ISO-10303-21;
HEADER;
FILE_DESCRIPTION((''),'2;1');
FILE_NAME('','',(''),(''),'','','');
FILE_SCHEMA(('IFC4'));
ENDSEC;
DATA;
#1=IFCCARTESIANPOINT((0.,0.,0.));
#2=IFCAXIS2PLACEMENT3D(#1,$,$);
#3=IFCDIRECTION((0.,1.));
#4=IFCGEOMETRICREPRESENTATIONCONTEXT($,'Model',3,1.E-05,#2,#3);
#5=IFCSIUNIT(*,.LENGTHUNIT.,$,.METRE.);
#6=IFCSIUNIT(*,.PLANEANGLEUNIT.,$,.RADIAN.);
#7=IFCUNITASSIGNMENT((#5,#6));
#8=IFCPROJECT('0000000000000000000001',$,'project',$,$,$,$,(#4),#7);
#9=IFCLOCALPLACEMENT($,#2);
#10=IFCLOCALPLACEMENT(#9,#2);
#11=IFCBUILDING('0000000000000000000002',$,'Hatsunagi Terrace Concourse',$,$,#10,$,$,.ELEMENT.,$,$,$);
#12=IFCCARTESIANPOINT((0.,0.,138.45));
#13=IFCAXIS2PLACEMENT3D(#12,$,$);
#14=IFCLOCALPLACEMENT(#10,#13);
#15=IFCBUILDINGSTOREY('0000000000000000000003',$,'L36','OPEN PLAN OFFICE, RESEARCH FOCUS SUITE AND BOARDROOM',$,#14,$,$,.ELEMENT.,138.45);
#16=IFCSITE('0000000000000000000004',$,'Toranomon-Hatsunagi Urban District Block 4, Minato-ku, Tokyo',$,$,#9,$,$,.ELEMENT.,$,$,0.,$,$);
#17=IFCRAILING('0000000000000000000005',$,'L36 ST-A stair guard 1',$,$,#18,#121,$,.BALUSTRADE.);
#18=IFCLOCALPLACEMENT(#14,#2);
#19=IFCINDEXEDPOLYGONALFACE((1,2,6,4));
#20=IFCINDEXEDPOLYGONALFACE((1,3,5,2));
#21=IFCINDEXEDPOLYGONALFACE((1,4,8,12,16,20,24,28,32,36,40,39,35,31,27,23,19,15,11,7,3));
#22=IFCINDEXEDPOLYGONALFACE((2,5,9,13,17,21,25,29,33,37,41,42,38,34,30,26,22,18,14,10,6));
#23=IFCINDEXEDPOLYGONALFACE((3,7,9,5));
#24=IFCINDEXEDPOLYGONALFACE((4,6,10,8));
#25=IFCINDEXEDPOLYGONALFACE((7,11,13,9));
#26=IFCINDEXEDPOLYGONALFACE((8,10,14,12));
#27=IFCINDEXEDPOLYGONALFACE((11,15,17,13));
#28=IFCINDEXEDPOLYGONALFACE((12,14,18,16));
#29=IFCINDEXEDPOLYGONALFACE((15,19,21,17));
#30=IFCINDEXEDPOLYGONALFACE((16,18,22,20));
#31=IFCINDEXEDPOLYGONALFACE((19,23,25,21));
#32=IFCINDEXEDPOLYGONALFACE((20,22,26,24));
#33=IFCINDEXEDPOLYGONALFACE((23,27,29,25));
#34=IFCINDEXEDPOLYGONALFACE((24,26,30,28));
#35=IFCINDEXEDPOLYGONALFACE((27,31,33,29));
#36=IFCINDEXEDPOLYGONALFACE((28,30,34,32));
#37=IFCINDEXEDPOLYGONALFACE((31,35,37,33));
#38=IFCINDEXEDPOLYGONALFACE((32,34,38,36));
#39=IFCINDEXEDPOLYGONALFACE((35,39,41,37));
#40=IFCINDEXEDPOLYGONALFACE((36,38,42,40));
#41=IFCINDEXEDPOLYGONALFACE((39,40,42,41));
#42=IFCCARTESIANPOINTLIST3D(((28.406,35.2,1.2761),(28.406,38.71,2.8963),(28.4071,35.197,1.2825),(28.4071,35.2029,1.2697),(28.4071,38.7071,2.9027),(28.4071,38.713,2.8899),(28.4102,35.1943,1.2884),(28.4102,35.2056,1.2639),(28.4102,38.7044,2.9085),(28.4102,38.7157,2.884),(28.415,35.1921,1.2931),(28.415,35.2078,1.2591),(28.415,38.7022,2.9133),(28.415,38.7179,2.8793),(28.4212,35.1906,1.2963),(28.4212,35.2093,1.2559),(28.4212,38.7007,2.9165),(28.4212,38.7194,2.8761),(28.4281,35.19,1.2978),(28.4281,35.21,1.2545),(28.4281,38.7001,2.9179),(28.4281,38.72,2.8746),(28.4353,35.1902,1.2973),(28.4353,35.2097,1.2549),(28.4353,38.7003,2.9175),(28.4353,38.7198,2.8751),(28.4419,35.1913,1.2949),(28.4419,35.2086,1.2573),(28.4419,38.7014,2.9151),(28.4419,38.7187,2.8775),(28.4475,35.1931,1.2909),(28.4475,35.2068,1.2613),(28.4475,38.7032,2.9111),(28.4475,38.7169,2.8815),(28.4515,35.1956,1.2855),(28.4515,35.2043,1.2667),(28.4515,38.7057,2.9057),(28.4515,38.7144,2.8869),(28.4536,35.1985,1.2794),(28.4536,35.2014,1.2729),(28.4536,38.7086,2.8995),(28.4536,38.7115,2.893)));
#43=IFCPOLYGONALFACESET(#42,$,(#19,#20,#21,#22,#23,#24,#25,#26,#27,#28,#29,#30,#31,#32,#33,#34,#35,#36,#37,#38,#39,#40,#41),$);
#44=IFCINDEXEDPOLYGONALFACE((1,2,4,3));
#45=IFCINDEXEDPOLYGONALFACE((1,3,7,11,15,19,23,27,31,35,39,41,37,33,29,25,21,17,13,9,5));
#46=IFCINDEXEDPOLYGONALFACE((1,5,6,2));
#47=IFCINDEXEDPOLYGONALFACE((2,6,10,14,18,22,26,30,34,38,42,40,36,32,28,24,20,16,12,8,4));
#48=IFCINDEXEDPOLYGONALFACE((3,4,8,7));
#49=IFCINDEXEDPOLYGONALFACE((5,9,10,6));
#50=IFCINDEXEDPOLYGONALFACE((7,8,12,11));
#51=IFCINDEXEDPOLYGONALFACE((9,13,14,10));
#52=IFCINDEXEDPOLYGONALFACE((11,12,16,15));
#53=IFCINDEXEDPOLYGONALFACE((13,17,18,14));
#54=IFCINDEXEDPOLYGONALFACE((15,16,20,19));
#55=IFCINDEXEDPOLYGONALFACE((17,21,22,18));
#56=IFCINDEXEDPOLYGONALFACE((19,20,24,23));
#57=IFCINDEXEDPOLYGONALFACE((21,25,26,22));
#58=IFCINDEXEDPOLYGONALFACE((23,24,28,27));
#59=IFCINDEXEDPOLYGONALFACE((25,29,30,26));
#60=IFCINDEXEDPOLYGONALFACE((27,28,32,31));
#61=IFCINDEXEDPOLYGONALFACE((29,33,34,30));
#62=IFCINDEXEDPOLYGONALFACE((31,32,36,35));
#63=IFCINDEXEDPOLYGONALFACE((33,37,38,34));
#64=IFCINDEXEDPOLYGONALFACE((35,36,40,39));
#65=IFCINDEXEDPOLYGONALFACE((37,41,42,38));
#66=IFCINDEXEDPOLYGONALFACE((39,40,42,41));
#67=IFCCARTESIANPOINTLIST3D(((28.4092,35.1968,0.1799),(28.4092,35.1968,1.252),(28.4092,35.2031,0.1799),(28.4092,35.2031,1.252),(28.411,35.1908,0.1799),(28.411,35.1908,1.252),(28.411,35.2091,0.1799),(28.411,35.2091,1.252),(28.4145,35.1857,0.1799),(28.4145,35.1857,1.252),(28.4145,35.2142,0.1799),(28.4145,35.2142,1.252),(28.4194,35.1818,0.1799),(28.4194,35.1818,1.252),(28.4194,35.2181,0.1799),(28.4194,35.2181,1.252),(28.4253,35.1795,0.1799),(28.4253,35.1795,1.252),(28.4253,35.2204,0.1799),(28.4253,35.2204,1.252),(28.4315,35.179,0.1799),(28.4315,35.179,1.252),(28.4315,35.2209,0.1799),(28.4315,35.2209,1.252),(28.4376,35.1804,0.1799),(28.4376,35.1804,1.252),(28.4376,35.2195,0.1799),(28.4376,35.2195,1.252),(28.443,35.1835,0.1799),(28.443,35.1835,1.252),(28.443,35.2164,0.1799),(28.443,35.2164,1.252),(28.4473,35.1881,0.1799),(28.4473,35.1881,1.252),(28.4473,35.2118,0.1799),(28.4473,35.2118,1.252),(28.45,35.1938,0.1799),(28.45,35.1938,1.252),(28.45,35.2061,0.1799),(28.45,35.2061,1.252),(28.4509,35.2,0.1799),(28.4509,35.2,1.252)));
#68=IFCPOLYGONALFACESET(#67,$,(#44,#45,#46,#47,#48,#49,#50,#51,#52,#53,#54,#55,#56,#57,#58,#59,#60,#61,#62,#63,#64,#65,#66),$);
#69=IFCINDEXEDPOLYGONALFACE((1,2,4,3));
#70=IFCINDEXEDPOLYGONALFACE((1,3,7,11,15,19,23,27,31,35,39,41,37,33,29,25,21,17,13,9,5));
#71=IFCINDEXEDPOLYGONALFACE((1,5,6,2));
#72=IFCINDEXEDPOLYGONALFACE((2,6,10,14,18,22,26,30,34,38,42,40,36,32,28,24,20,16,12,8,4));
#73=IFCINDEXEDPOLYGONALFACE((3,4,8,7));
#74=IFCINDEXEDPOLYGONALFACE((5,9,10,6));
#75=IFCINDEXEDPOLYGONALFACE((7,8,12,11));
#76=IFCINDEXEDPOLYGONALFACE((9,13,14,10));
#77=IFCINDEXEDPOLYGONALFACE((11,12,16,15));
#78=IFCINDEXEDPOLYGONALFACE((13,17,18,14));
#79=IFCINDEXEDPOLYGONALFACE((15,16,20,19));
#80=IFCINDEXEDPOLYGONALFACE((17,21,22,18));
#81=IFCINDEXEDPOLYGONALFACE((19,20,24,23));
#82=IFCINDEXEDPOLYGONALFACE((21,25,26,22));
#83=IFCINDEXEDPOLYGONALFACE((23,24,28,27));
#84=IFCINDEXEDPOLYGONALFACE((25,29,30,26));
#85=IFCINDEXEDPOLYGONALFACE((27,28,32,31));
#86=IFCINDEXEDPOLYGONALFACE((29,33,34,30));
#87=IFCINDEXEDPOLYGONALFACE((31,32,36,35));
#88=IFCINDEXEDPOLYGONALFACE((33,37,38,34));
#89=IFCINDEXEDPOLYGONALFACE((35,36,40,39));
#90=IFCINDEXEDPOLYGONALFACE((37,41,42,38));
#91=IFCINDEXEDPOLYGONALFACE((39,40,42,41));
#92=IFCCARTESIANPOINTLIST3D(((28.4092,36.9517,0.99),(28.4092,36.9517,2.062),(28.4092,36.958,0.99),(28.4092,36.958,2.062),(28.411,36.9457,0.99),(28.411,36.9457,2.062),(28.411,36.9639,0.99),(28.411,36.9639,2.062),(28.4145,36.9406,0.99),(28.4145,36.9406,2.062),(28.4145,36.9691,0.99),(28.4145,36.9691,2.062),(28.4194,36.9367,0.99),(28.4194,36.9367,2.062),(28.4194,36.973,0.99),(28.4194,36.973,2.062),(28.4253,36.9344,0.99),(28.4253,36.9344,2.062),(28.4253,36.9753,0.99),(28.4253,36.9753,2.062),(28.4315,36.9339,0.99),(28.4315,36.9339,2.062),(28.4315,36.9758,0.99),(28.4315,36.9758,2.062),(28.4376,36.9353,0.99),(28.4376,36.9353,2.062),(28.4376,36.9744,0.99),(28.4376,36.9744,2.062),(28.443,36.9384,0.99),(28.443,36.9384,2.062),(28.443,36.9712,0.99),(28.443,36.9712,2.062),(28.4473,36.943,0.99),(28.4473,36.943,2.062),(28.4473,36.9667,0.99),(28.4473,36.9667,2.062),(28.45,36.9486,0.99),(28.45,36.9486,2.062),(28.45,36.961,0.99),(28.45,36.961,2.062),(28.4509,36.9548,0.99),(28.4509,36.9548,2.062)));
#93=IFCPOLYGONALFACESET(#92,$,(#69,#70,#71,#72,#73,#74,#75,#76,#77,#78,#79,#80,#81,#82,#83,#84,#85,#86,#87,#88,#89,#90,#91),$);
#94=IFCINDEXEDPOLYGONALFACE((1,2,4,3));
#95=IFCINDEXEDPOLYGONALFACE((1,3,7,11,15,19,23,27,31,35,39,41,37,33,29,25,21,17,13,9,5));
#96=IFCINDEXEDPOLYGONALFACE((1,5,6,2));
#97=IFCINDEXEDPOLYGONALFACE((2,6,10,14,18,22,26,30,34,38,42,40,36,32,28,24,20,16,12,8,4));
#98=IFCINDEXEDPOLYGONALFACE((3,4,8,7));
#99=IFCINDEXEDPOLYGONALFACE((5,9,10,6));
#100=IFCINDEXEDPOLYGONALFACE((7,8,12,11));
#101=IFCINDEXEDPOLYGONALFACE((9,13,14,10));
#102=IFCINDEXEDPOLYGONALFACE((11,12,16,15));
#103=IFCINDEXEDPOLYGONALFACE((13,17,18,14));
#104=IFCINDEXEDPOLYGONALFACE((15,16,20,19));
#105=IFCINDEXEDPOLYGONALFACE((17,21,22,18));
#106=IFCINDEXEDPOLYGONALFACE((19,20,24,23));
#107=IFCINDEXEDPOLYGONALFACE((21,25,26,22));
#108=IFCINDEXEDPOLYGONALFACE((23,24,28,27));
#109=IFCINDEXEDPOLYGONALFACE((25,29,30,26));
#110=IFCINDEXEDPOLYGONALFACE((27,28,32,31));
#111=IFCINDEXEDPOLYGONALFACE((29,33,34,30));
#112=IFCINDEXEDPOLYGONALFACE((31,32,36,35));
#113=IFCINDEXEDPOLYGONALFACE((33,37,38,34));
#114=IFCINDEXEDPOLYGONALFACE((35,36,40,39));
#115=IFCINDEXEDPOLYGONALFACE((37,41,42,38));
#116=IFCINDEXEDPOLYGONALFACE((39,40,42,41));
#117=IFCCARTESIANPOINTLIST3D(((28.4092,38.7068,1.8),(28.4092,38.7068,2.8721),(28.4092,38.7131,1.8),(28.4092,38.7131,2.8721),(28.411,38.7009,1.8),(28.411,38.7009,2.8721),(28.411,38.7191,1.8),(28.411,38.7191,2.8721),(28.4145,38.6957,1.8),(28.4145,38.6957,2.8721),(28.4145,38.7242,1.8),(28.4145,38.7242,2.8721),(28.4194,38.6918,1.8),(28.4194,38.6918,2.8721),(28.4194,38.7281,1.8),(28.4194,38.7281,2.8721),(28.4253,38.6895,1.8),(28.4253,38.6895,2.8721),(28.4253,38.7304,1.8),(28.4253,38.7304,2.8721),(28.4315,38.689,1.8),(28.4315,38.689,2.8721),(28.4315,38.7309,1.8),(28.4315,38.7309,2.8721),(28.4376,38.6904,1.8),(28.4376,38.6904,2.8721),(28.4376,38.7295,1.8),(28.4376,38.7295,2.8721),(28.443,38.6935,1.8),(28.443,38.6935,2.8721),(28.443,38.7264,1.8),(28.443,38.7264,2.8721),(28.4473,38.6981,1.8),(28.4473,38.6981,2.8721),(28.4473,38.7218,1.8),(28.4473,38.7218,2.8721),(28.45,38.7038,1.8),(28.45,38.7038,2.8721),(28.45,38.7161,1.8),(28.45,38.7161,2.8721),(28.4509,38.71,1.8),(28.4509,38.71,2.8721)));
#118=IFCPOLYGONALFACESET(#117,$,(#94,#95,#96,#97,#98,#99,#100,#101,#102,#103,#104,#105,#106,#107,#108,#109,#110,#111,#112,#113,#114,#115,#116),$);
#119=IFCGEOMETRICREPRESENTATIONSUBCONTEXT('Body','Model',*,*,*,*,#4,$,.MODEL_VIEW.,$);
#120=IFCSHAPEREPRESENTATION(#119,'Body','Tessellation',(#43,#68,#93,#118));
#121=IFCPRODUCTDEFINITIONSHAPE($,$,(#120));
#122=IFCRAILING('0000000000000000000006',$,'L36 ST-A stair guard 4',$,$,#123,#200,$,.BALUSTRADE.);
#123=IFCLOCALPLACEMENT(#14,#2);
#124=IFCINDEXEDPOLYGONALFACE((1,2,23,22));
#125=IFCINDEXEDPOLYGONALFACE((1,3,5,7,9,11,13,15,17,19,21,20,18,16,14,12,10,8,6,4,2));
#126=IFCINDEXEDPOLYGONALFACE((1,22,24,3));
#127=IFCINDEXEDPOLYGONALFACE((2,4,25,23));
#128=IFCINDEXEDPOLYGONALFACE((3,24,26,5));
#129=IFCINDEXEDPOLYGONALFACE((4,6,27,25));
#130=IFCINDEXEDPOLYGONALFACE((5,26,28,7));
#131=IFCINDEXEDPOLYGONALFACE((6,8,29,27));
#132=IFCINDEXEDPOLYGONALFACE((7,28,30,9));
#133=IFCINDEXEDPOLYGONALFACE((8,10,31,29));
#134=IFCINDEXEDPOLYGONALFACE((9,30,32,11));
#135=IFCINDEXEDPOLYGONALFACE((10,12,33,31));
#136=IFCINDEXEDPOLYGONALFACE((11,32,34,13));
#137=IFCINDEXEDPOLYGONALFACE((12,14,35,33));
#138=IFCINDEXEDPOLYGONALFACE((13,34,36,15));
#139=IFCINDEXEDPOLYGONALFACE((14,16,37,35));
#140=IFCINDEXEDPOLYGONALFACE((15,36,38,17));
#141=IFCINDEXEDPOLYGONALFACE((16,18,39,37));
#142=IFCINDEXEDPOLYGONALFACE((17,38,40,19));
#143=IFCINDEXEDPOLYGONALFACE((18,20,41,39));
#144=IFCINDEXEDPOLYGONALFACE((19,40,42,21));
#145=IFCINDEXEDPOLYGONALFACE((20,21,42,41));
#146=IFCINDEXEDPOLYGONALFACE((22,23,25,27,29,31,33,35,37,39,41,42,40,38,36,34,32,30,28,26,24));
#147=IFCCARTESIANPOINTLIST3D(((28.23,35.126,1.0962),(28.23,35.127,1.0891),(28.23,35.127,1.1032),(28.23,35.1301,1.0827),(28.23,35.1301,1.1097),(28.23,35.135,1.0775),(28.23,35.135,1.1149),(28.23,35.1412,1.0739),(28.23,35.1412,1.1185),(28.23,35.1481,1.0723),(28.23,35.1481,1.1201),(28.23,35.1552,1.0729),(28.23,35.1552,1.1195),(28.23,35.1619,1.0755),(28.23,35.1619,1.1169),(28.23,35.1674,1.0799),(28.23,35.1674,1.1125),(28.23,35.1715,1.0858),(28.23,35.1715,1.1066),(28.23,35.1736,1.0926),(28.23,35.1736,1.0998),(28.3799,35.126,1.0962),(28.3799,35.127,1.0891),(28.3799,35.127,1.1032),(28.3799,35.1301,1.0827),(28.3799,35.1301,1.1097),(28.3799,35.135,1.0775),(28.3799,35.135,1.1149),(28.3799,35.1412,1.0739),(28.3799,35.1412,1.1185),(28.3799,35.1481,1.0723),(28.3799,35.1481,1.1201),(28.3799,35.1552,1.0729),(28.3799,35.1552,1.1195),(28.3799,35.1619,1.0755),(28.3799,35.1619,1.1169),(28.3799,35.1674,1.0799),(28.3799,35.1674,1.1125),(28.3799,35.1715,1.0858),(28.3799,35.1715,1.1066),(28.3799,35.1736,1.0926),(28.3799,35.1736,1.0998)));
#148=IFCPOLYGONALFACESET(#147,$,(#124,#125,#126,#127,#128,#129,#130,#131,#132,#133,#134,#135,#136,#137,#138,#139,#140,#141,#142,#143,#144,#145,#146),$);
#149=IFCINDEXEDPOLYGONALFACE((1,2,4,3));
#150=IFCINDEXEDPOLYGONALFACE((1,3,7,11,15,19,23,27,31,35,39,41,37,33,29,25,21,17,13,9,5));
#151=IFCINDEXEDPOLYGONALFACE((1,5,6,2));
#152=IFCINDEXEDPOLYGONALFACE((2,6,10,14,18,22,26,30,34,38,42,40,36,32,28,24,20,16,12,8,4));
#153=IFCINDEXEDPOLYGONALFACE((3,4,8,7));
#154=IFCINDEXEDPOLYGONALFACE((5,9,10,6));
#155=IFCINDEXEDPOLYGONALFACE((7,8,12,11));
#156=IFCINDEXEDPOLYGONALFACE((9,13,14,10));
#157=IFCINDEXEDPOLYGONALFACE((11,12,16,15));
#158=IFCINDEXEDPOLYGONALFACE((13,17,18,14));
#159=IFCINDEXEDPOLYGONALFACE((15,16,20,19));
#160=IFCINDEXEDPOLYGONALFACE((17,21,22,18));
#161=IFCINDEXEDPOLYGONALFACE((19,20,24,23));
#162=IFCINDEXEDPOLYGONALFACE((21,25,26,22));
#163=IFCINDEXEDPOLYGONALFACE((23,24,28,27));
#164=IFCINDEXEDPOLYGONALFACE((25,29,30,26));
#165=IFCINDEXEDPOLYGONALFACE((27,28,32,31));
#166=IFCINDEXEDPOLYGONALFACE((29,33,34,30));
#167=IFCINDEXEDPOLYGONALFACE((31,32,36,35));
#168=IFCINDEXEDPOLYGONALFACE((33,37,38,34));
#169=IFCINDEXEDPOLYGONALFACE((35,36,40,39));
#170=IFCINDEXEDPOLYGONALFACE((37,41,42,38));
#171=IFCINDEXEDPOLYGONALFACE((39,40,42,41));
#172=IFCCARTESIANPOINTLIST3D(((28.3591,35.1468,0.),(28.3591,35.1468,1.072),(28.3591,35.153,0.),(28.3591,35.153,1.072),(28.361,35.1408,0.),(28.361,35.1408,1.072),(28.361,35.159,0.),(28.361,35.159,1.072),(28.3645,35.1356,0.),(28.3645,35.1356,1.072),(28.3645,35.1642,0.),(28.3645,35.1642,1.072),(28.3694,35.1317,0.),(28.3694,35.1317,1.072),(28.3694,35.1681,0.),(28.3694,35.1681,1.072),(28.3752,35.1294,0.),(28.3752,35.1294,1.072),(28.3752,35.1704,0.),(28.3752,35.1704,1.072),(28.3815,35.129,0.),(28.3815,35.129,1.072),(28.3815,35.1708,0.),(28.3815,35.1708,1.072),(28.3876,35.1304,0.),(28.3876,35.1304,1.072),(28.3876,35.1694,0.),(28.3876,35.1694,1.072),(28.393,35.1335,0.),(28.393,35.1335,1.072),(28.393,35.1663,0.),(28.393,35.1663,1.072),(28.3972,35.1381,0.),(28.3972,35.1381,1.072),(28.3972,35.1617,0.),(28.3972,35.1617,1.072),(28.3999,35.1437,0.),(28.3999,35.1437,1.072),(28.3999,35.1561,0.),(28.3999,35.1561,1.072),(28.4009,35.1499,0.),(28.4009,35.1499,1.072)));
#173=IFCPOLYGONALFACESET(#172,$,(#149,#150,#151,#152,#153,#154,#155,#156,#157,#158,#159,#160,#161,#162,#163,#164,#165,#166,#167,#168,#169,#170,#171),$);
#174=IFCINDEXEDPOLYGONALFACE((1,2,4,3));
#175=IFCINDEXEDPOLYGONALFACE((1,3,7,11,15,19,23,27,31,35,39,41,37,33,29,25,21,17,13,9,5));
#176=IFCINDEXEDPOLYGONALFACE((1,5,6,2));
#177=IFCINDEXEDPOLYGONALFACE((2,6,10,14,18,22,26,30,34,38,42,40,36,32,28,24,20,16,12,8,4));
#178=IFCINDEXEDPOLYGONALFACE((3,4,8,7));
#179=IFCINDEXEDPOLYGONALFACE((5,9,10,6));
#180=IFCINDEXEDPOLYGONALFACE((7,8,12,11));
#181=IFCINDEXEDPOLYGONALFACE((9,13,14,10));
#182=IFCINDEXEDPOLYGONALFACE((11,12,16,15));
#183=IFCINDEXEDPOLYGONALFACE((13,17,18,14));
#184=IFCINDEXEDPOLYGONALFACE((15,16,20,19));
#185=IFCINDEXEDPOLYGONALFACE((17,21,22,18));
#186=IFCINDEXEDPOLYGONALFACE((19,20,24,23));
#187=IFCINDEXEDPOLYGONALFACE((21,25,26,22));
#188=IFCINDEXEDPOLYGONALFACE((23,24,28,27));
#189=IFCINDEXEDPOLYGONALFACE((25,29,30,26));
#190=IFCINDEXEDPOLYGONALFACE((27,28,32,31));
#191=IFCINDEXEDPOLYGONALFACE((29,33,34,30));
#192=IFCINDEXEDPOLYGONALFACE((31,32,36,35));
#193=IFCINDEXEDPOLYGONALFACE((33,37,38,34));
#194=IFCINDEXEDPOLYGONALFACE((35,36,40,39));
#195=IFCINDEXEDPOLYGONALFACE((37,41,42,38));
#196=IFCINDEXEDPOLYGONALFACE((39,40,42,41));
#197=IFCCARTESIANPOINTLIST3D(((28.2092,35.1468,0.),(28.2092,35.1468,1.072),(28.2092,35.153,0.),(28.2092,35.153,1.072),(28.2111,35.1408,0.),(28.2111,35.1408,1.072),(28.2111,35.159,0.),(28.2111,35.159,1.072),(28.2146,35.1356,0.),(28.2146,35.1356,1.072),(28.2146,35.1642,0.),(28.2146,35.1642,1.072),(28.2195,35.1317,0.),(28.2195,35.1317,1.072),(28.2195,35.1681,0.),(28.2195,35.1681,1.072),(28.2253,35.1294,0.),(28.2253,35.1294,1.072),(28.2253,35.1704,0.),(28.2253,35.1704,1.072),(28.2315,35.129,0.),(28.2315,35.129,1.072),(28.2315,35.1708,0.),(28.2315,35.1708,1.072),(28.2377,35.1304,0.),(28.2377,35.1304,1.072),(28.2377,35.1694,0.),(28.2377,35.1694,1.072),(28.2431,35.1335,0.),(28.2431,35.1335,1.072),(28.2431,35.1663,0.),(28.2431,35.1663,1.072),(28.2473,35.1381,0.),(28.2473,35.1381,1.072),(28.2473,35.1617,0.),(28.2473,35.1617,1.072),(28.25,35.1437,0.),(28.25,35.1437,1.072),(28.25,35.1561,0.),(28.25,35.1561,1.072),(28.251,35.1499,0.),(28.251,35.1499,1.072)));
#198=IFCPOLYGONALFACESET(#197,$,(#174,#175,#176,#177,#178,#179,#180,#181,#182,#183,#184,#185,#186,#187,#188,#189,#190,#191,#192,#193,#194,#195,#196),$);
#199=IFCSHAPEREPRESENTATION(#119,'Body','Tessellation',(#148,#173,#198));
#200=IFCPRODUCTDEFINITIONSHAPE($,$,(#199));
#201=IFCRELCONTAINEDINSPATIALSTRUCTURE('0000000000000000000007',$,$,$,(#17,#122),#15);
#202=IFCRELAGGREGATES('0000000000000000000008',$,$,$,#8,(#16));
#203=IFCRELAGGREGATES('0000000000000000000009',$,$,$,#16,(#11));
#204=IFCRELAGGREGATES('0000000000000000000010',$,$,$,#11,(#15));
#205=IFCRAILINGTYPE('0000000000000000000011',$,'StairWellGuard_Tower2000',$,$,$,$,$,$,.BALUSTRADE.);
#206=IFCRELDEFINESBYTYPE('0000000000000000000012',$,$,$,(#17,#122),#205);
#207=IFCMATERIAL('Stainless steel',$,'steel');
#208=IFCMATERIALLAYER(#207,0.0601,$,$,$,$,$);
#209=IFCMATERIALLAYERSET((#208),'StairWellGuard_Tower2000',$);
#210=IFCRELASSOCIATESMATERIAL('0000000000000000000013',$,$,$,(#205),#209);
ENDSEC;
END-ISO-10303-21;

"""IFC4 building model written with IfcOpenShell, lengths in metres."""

from ifc_helpers import new_model, si_unit, direction, frame, origin, origin_2d, place, context, subcontext, project, spatial, circle, extrude, material, layer, layer_set, type_object, element, save


model = new_model("IFC4")

# Units and contexts
model_context = context("Model", 3, precision=1e-05, world=origin(), true_north=direction((0.0, 1.0)))
body_context = subcontext(model_context, "Body", "Model", "MODEL_VIEW")
ifc_project = project(units=[si_unit("LENGTHUNIT", "METRE"), si_unit("PLANEANGLEUNIT", "RADIAN")], contexts=[model_context])

# Site, building, storey
site_placement = place(None, origin())
site = spatial("IfcSite", under=ifc_project, at=site_placement, Name="Toranomon-Hatsunagi Urban District Block 4, Minato-ku, Tokyo", CompositionType="ELEMENT", RefElevation=0.0)
building_placement = place(site_placement, origin())
building = spatial("IfcBuilding", under=site, at=building_placement, Name="Hatsunagi Terrace Concourse", CompositionType="ELEMENT")
storey_placement = place(building_placement, frame((0.0, 0.0, 138.45)))
storey = spatial("IfcBuildingStorey", under=building, at=storey_placement, Name="L36", Description="OPEN PLAN OFFICE, RESEARCH FOCUS SUITE AND BOARDROOM", CompositionType="ELEMENT", Elevation=138.45)

# Railings
ifc_material_1 = material(Name="Stainless steel", Category="steel")
ifc_layer_1 = layer(ifc_material_1, 0.0601)
ifc_layer_set_1 = layer_set([ifc_layer_1], Name="StairWellGuard_Tower2000")
railing_type_1 = type_object("IfcRailingType", Name="StairWellGuard_Tower2000", PredefinedType="BALUSTRADE", material=ifc_layer_set_1)
railing_1_placement = place(storey_placement, frame((28.4299, 35.2, 0.1799)))
element("IfcRailing", 1, at=railing_1_placement, inside=storey, type_object=railing_type_1, Name="L36 ST-A stair guard 1", PredefinedType="BALUSTRADE", context=body_context, shape_type="SweptSolid", body=[
    extrude(circle(Radius=0.0239, at=origin_2d()), frame((0.0, 0.0, 1.0962), z_axis=(0.0, 0.907948, 0.419082), x_axis=(-1.0, 0.0, 0.0)), (0.0, 0.0, 1.0), 3.866),
    extrude(circle(Radius=0.021, at=origin_2d()), origin(), (0.0, 0.0, 1.0), 1.072),
    extrude(circle(Radius=0.021, at=origin_2d()), frame((0.0, 1.7549, 0.8101)), (0.0, 0.0, 1.0), 1.072),
    extrude(circle(Radius=0.021, at=origin_2d()), frame((0.0, 3.51, 1.6201)), (0.0, 0.0, 1.0), 1.072),
])
railing_2_placement = place(storey_placement, frame((28.3799, 35.1499, 0.0)))
element("IfcRailing", 2, at=railing_2_placement, inside=storey, type_object=railing_type_1, Name="L36 ST-A stair guard 4", PredefinedType="BALUSTRADE", context=body_context, shape_type="SweptSolid", body=[
    extrude(circle(Radius=0.0239, at=origin_2d()), frame((0.0, 0.0, 1.0962), z_axis=(-1.0, 0.0, 0.0), x_axis=(0.0, -1.0, 0.0)), (0.0, 0.0, 1.0), 0.1499),
    extrude(circle(Radius=0.021, at=origin_2d()), origin(), (0.0, 0.0, 1.0), 1.072),
    extrude(circle(Radius=0.021, at=origin_2d()), frame((-0.1499, 0.0, 0.0)), (0.0, 0.0, 1.0), 1.072),
])

save(model, "model.ifc")
